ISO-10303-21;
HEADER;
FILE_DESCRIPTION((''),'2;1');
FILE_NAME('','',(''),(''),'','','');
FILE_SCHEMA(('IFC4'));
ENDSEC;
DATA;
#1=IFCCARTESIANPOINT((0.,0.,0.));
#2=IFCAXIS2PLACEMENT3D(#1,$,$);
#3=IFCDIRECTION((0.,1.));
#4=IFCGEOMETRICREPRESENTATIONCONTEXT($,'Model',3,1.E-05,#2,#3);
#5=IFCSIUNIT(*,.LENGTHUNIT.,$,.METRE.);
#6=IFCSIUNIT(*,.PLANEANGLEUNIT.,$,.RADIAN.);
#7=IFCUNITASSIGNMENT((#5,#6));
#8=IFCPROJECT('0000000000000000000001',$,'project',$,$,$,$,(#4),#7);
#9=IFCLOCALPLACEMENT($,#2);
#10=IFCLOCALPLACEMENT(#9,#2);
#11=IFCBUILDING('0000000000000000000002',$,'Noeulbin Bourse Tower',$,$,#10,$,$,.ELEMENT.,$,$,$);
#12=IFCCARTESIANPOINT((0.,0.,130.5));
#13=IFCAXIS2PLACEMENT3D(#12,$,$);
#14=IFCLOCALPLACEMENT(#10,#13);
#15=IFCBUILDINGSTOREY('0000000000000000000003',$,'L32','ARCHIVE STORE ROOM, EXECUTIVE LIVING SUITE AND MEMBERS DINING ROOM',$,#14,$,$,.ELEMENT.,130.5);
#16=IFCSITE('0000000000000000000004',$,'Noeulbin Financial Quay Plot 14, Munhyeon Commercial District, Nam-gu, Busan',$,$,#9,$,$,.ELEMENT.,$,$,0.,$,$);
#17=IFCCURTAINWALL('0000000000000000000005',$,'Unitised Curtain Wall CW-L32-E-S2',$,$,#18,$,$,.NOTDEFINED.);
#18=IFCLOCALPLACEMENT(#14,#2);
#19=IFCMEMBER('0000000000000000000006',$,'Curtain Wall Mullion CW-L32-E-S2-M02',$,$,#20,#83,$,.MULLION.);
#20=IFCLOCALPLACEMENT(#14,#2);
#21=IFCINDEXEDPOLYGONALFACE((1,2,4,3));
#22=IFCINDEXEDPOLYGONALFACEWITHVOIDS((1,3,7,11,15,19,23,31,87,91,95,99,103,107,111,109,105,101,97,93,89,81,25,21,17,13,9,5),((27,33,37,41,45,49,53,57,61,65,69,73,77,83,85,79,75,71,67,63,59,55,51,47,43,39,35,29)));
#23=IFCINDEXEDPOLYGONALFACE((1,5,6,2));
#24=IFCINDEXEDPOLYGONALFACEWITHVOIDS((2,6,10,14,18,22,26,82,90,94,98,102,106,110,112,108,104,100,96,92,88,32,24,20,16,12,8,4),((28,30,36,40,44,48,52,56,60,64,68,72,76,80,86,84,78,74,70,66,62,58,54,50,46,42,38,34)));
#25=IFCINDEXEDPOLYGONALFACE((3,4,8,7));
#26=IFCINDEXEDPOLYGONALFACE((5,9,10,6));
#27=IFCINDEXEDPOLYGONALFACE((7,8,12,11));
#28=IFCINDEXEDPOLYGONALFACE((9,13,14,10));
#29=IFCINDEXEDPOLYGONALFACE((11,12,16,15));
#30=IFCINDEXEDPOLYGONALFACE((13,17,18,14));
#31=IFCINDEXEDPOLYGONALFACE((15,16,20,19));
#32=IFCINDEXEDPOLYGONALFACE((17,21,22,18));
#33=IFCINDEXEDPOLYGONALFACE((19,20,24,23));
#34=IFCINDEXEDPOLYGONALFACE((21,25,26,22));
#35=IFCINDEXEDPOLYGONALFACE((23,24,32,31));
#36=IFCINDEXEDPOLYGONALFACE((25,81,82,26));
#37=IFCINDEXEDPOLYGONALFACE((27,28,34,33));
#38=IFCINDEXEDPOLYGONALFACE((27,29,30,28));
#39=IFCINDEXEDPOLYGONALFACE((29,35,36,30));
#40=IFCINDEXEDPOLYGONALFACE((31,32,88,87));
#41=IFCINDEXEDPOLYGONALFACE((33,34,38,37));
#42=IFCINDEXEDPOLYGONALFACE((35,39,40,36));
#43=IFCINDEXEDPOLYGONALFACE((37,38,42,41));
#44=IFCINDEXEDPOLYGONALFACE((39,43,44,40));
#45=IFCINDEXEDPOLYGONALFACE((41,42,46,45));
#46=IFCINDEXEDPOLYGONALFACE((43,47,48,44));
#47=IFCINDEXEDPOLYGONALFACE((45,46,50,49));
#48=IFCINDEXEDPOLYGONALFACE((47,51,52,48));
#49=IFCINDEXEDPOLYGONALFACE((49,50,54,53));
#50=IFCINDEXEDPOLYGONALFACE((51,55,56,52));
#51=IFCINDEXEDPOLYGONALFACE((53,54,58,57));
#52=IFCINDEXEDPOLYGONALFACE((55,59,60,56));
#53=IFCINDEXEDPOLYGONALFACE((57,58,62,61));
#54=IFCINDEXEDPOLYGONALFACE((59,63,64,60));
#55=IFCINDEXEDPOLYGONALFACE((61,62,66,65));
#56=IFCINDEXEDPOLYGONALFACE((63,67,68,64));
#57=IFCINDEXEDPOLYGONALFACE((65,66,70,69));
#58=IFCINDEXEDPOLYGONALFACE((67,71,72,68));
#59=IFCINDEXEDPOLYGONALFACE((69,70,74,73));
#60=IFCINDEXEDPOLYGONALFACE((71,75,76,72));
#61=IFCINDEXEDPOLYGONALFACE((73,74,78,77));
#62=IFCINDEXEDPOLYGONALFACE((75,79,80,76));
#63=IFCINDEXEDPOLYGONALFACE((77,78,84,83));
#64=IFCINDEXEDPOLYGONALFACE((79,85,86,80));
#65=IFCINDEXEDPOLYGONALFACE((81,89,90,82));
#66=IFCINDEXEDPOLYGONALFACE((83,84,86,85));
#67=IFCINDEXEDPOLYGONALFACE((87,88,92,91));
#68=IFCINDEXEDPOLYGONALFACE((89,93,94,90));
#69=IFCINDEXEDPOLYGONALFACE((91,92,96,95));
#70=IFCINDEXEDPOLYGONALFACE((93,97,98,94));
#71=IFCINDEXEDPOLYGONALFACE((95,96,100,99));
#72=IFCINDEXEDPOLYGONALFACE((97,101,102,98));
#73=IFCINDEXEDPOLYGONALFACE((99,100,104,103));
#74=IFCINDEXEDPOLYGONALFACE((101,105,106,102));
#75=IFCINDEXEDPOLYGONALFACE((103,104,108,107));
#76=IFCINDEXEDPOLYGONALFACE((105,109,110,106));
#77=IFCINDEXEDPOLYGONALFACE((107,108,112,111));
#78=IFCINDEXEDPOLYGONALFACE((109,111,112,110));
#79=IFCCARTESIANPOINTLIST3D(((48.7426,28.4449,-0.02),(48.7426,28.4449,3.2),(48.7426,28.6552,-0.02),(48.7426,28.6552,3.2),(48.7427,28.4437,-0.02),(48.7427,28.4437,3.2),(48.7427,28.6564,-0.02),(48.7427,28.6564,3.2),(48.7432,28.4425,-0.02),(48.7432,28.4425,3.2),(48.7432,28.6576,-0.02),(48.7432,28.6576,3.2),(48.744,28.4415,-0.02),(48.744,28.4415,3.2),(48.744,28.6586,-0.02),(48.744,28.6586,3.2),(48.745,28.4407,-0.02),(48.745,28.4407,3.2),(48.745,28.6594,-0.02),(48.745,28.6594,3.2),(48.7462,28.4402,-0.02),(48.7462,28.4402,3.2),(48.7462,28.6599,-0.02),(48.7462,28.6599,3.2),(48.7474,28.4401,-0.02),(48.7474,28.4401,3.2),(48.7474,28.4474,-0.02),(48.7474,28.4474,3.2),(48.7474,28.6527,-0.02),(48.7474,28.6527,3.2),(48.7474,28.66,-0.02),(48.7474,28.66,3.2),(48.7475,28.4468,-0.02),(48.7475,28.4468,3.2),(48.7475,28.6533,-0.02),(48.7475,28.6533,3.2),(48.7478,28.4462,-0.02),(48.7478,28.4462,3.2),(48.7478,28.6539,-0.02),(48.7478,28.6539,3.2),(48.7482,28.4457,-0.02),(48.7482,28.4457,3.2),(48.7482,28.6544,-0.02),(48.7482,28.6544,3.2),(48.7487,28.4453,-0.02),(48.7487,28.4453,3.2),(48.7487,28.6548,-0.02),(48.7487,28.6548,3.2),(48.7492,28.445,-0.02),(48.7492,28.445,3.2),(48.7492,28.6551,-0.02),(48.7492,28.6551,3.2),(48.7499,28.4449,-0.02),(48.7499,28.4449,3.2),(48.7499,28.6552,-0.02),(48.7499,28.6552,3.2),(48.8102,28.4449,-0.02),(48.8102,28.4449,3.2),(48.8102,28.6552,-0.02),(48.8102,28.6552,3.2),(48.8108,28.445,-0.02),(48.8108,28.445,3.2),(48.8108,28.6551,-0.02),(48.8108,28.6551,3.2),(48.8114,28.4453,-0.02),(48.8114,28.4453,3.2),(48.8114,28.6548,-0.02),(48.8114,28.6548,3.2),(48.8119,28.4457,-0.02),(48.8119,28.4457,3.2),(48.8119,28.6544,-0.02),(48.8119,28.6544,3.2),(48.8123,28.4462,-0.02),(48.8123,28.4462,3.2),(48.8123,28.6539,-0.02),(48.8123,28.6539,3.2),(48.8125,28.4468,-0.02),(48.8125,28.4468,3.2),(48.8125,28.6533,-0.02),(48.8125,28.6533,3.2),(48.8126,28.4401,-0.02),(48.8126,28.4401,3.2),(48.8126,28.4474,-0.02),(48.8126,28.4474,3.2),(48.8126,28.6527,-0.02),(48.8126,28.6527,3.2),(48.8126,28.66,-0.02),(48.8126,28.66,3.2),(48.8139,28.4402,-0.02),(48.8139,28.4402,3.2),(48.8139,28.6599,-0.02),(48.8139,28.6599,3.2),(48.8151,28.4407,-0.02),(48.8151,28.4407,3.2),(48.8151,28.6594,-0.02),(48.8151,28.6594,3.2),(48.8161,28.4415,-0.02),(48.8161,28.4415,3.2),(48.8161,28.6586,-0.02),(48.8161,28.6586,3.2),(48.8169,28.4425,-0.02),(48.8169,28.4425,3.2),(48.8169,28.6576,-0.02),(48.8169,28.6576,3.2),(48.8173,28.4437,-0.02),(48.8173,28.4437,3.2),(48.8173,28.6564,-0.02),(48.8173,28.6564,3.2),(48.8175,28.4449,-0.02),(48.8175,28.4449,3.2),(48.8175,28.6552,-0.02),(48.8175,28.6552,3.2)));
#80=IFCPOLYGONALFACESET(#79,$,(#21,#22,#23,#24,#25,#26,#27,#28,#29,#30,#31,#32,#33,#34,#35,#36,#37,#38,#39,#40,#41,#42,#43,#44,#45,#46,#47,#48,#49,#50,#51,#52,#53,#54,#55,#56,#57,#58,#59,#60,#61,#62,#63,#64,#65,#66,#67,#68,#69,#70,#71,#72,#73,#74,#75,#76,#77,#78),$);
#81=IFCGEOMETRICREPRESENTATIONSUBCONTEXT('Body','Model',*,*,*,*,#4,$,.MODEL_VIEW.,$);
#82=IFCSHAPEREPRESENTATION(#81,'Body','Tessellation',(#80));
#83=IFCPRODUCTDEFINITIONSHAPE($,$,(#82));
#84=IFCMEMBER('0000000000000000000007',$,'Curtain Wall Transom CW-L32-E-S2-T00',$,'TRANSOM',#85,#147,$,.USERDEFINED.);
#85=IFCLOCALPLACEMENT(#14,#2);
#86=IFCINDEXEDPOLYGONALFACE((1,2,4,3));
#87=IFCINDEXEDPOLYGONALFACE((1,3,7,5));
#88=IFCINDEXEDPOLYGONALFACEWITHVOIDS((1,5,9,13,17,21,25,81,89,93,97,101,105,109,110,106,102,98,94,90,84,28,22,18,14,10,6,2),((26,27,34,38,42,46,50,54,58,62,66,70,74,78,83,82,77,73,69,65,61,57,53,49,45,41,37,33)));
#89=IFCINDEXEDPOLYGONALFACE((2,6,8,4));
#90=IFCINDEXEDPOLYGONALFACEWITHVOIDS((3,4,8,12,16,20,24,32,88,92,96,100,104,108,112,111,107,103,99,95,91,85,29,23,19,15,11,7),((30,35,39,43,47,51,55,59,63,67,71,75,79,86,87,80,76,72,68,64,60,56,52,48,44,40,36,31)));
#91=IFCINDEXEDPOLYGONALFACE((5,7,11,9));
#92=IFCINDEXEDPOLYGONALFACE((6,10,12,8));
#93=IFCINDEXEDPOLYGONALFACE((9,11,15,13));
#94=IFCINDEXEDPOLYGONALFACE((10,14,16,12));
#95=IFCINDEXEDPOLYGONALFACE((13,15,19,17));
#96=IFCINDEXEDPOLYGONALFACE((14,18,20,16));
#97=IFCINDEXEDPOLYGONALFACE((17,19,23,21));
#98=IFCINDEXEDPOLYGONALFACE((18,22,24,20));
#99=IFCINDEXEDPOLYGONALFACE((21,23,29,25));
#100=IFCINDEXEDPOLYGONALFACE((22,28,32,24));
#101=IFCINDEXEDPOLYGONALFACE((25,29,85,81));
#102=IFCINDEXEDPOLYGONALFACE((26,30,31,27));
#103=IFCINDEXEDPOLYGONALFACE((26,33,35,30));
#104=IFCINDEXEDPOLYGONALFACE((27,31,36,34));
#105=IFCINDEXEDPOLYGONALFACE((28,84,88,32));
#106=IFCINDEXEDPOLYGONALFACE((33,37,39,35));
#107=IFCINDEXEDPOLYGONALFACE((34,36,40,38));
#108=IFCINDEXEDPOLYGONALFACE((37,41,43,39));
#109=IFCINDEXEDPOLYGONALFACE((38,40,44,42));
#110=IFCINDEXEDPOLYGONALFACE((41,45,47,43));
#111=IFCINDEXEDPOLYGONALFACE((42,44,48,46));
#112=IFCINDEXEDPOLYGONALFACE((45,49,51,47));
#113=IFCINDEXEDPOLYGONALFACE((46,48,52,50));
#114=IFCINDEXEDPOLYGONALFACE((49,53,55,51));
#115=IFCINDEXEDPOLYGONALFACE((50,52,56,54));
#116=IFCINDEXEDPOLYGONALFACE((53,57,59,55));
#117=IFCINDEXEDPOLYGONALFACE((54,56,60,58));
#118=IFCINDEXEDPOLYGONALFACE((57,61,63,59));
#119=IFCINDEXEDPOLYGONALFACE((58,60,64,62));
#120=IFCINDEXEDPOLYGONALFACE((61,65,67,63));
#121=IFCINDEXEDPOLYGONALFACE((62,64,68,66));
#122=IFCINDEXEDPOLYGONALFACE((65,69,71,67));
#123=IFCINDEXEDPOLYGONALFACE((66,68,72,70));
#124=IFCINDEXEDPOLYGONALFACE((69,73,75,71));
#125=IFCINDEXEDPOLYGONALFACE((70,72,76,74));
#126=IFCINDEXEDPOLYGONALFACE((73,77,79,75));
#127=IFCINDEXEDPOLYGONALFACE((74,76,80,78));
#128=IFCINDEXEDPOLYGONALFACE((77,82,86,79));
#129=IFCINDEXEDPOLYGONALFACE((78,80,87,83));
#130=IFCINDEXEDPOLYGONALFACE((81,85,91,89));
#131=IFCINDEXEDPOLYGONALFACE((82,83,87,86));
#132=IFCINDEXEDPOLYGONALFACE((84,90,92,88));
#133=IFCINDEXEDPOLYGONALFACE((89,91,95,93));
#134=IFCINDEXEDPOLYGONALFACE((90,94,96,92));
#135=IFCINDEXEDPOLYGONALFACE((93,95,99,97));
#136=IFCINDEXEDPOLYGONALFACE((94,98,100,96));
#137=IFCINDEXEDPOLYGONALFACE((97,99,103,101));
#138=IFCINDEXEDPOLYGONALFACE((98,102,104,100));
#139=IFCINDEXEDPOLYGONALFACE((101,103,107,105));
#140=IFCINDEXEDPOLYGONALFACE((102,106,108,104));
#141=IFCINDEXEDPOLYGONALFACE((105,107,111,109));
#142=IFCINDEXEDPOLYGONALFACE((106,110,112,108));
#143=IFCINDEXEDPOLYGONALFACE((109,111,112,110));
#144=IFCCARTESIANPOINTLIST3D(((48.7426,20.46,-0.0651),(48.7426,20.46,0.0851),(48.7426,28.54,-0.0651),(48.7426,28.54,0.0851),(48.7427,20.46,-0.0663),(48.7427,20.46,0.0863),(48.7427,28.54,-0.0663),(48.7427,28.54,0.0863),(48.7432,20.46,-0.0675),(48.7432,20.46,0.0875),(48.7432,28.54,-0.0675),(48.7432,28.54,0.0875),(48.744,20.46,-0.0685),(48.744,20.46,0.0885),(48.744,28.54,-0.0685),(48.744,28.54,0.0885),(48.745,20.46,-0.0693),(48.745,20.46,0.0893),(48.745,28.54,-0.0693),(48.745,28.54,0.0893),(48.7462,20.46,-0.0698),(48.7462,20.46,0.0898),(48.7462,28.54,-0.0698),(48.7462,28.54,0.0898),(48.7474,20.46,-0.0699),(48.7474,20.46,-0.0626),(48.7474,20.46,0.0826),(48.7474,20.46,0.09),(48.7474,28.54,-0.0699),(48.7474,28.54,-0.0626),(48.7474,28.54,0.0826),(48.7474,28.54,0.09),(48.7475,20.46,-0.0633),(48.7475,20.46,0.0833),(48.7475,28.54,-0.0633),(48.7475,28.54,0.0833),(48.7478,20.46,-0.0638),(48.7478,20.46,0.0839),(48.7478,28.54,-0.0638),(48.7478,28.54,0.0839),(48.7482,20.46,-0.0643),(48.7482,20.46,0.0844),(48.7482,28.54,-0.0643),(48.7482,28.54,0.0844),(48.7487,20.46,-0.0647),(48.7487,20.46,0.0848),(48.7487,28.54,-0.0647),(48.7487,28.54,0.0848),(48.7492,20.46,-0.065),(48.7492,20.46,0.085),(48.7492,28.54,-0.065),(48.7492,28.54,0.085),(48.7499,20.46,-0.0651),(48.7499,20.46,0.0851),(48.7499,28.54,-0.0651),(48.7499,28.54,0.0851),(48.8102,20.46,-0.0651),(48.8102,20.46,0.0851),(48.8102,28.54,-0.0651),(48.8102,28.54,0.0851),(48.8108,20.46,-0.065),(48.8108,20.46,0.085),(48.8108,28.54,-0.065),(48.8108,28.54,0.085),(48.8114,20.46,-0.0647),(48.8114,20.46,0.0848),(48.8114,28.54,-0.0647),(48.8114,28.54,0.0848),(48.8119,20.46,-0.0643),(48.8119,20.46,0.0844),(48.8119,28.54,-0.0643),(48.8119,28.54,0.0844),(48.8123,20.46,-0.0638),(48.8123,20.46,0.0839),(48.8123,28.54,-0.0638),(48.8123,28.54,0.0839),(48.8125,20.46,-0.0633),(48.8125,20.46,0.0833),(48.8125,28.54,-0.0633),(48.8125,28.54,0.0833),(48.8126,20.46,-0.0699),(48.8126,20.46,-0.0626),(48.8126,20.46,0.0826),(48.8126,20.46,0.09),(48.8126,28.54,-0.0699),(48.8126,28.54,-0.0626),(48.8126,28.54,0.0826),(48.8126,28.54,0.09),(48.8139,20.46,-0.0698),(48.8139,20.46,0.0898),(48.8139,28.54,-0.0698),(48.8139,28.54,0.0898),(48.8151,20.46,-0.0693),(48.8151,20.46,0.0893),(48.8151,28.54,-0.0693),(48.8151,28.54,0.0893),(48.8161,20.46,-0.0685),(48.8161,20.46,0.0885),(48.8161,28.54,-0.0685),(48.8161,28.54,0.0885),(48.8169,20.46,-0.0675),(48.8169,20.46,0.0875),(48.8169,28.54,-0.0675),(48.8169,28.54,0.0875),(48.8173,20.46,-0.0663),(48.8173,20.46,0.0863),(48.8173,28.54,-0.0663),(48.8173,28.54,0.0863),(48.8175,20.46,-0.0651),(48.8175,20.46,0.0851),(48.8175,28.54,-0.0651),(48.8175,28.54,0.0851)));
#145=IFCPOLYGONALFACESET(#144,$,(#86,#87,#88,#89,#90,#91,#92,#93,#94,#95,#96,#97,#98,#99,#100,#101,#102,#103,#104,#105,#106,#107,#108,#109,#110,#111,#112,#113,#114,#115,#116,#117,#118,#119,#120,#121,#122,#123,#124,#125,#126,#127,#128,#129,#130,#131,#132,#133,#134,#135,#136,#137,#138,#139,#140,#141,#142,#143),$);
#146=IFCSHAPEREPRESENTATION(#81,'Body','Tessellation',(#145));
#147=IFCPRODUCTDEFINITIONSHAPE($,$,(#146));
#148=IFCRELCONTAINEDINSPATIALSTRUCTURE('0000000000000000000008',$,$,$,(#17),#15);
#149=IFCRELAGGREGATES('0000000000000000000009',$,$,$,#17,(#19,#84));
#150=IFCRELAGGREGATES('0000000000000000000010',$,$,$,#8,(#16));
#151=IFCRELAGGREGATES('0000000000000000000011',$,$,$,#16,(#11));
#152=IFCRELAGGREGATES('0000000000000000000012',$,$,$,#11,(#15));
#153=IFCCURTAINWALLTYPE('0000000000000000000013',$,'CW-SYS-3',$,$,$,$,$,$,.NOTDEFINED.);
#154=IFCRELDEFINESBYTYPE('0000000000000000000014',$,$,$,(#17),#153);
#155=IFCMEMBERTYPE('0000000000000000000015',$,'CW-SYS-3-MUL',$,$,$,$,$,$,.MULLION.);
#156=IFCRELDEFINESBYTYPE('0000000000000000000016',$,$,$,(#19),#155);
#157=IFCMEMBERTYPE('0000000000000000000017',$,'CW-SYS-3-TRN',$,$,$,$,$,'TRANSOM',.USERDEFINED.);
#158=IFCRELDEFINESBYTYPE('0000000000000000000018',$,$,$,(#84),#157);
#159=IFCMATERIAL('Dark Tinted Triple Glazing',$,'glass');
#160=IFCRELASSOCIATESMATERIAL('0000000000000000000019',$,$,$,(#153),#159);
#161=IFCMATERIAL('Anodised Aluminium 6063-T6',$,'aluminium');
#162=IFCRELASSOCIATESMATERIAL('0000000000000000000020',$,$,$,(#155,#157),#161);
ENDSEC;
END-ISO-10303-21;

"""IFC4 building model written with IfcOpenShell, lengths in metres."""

from ifc_helpers import new_model, si_unit, direction, frame, origin, origin_2d, place, context, subcontext, project, spatial, hollow_rectangle, extrude, material, material_profile, profile_set, type_object, element, aggregate, save


model = new_model("IFC4")

# Units and contexts
model_context = context("Model", 3, precision=1e-05, world=origin(), true_north=direction((0.0, 1.0)))
body_context = subcontext(model_context, "Body", "Model", "MODEL_VIEW")
ifc_project = project(units=[si_unit("LENGTHUNIT", "METRE"), si_unit("PLANEANGLEUNIT", "RADIAN")], contexts=[model_context])

# Site, building, storey
site_placement = place(None, origin())
site = spatial("IfcSite", under=ifc_project, at=site_placement, Name="Noeulbin Financial Quay Plot 14, Munhyeon Commercial District, Nam-gu, Busan", CompositionType="ELEMENT", RefElevation=0.0)
building_placement = place(site_placement, origin())
building = spatial("IfcBuilding", under=site, at=building_placement, Name="Noeulbin Bourse Tower", CompositionType="ELEMENT")
storey_placement = place(building_placement, frame((0.0, 0.0, 130.5)))
storey = spatial("IfcBuildingStorey", under=building, at=storey_placement, Name="L32", Description="ARCHIVE STORE ROOM, EXECUTIVE LIVING SUITE AND MEMBERS DINING ROOM", CompositionType="ELEMENT", Elevation=130.5)

# Curtain wall, members
ifc_material_1 = material(Name="Dark Tinted Triple Glazing", Category="glass")
curtain_wall_type = type_object("IfcCurtainWallType", Name="CW-SYS-3", PredefinedType="NOTDEFINED", material=ifc_material_1)
curtain_wall_placement = place(storey_placement, origin())
curtain_wall = element("IfcCurtainWall", 1, at=curtain_wall_placement, inside=storey, type_object=curtain_wall_type, Name="Unitised Curtain Wall CW-L32-E-S2", PredefinedType="NOTDEFINED")
ifc_material_2 = material(Name="Anodised Aluminium 6063-T6", Category="aluminium")
ifc_material_profile_1 = material_profile(ifc_material_2, hollow_rectangle(XDim=0.075, YDim=0.22, WallThickness=0.0049, InnerFilletRadius=0.0024, OuterFilletRadius=0.0049, at=origin_2d()), Name="ALU-MULL-75x220x5", Category="LoadBearing")
ifc_profile_set_1 = profile_set([ifc_material_profile_1], Name="Anodised Aluminium 6063-T6")
member_type_1 = type_object("IfcMemberType", Name="CW-SYS-3-MUL", PredefinedType="MULLION", material=ifc_profile_set_1)
member_1_placement = place(storey_placement, frame((48.78, 28.55, -0.02), z_axis=(0.0, 0.0, 1.0), x_axis=(1.0, 0.0, 0.0)))
member_1 = element("IfcMember", 2, at=member_1_placement, type_object=member_type_1, Name="Curtain Wall Mullion CW-L32-E-S2-M02", PredefinedType="MULLION", context=body_context, shape_type="SweptSolid", body=[
    extrude(hollow_rectangle(XDim=0.075, YDim=0.22, WallThickness=0.0049, InnerFilletRadius=0.0024, OuterFilletRadius=0.0049, at=origin_2d()), origin(), (0.0, 0.0, 1.0), 3.22),
])
ifc_material_profile_2 = material_profile(ifc_material_2, hollow_rectangle(XDim=0.075, YDim=0.1599, WallThickness=0.0049, InnerFilletRadius=0.0024, OuterFilletRadius=0.0049, at=origin_2d()), Name="ALU-TRAN-75x160x5", Category="LoadBearing")
ifc_profile_set_2 = profile_set([ifc_material_profile_2], Name="Anodised Aluminium 6063-T6")
member_type_2 = type_object("IfcMemberType", Name="CW-SYS-3-TRN", ElementType="TRANSOM", PredefinedType="USERDEFINED", material=ifc_profile_set_2)
member_2_placement = place(storey_placement, frame((48.78, 20.46, 0.01), z_axis=(0.0, 1.0, 0.0), x_axis=(-1.0, 0.0, 0.0)))
member_2 = element("IfcMember", 3, at=member_2_placement, type_object=member_type_2, Name="Curtain Wall Transom CW-L32-E-S2-T00", ObjectType="TRANSOM", PredefinedType="USERDEFINED", context=body_context, shape_type="SweptSolid", body=[
    extrude(hollow_rectangle(XDim=0.075, YDim=0.1599, WallThickness=0.0049, InnerFilletRadius=0.0024, OuterFilletRadius=0.0049, at=origin_2d()), origin(), (0.0, 0.0, 1.0), 8.0801),
])
aggregate(curtain_wall, [member_1, member_2])

save(model, "model.ifc")
